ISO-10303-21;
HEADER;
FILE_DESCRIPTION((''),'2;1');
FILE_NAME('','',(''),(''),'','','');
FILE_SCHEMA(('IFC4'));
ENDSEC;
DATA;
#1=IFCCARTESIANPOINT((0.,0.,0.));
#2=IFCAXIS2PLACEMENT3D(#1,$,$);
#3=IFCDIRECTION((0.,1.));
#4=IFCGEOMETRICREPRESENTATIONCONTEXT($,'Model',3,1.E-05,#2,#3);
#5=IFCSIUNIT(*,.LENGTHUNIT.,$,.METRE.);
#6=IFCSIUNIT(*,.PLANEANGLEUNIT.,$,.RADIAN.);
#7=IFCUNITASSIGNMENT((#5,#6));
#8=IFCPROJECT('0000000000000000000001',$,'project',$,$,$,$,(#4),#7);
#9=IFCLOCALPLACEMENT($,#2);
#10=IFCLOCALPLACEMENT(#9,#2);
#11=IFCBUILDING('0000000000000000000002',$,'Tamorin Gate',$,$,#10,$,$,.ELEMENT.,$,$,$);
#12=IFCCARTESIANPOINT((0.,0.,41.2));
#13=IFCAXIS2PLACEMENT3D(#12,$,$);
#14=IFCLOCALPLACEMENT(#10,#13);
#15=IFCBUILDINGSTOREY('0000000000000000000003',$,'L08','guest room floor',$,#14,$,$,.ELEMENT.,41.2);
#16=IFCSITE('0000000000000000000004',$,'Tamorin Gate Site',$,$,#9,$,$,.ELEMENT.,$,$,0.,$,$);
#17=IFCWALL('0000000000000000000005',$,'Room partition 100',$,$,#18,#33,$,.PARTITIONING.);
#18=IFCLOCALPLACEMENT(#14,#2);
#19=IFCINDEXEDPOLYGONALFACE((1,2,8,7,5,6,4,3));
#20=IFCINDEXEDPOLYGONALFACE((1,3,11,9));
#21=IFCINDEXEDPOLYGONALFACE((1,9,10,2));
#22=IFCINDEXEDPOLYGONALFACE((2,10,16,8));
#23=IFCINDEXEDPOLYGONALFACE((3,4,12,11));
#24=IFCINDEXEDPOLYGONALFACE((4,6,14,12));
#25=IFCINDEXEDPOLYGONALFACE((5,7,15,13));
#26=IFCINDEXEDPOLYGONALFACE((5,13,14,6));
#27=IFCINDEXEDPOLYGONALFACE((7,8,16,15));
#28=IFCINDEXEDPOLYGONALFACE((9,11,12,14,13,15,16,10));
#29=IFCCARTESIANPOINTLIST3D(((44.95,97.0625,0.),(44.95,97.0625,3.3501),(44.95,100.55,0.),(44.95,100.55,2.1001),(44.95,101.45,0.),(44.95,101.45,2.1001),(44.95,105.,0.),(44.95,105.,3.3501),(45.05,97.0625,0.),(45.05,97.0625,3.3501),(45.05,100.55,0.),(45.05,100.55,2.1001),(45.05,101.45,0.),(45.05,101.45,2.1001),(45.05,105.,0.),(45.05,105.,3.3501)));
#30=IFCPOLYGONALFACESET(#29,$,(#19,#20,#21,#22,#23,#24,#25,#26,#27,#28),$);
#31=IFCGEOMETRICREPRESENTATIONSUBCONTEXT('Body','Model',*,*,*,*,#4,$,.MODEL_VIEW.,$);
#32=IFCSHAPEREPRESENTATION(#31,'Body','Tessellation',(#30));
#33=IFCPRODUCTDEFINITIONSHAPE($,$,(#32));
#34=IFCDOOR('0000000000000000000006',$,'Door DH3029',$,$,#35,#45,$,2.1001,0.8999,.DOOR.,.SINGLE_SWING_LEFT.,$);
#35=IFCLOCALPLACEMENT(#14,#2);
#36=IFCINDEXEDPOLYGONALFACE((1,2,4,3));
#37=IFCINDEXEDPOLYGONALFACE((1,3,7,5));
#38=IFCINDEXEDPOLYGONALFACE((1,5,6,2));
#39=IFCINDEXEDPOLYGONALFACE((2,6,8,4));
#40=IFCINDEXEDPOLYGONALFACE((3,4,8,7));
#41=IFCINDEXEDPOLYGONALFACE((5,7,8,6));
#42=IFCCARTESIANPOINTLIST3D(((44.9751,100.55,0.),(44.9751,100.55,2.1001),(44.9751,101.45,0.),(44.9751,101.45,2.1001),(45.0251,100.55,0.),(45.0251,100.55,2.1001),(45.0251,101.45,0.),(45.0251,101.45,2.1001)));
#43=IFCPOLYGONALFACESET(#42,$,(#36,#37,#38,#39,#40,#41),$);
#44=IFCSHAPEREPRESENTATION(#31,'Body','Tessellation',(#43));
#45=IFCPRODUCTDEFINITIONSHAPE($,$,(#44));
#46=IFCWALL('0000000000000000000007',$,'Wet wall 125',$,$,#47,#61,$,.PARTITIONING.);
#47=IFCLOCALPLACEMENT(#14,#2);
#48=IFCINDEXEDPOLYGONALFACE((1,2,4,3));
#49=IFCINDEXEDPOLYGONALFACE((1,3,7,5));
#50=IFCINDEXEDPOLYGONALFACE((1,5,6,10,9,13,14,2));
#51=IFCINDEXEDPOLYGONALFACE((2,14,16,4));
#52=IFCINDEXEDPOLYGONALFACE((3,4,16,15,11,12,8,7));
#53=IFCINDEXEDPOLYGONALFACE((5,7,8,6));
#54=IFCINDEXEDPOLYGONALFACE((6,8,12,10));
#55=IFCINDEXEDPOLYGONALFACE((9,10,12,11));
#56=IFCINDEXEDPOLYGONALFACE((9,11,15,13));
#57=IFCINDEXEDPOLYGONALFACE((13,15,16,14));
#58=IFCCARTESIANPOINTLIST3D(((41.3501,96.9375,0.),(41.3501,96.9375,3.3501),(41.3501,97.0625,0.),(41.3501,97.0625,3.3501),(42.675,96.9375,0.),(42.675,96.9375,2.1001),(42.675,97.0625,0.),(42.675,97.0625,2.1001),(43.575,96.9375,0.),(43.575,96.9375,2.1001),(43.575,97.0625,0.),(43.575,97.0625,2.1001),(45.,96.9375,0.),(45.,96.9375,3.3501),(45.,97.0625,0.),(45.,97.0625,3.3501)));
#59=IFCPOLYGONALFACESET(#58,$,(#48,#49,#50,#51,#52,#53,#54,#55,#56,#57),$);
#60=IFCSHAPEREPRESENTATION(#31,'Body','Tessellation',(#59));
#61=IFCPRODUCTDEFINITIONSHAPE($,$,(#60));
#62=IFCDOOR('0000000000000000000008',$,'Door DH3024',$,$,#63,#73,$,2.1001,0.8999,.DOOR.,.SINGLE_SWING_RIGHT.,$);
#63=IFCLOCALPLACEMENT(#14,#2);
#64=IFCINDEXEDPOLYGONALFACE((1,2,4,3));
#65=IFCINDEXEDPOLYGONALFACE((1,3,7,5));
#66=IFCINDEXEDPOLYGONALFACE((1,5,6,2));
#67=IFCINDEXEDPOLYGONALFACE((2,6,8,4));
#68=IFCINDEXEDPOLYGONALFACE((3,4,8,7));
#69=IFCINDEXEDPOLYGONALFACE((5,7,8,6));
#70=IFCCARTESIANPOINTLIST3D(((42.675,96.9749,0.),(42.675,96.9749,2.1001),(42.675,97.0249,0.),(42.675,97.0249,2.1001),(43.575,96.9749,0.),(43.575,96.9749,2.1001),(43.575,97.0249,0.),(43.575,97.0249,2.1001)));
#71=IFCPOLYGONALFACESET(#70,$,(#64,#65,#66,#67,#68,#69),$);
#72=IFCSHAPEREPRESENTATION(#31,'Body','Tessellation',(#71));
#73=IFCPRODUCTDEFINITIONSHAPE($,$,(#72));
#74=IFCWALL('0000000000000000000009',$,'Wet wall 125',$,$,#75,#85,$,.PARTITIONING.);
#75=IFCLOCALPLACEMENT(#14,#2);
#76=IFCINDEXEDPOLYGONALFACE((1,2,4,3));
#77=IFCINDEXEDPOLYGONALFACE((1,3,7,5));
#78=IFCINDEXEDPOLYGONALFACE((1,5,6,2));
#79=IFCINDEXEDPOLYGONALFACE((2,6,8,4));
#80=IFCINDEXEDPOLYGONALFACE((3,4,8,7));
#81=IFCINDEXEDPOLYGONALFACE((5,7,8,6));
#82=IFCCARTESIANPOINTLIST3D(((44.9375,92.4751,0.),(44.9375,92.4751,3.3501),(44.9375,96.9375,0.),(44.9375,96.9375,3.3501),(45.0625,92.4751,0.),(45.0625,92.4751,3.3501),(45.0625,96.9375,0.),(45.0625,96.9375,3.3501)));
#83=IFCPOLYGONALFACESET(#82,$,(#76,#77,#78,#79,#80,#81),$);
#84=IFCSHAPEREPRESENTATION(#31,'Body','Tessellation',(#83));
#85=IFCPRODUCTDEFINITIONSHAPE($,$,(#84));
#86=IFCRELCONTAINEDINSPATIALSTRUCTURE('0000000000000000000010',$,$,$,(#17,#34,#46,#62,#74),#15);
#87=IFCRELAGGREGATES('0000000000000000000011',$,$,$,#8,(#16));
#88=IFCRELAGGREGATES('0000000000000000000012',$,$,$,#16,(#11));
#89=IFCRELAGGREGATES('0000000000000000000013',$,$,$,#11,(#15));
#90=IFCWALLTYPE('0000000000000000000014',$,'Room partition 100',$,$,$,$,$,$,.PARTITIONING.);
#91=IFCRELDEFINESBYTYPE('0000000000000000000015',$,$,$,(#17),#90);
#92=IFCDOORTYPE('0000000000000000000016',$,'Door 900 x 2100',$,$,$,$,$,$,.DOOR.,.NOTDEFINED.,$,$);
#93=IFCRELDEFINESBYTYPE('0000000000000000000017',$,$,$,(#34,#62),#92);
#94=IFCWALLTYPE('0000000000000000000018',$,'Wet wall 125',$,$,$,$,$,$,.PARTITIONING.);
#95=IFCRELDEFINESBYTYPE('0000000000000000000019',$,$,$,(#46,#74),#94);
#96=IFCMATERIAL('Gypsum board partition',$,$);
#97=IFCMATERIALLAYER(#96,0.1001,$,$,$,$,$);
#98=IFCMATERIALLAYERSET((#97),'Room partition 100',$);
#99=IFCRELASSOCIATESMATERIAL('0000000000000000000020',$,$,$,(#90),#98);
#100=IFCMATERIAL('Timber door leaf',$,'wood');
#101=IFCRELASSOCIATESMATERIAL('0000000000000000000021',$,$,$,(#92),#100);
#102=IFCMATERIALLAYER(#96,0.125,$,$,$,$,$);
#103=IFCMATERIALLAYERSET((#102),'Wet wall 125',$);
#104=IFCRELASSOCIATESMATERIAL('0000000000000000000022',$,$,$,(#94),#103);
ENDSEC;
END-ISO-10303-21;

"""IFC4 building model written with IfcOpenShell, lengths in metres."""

from ifc_helpers import new_model, si_unit, direction, frame, frame_2d, origin, place, context, subcontext, project, spatial, rectangle, extrude, material, layer, layer_set, type_object, element, fill, save


model = new_model("IFC4")

# Units and contexts
model_context = context("Model", 3, precision=1e-05, world=origin(), true_north=direction((0.0, 1.0)))
body_context = subcontext(model_context, "Body", "Model", "MODEL_VIEW")
ifc_project = project(units=[si_unit("LENGTHUNIT", "METRE"), si_unit("PLANEANGLEUNIT", "RADIAN")], contexts=[model_context])

# Site, building, storey
site_placement = place(None, origin())
site = spatial("IfcSite", under=ifc_project, at=site_placement, Name="Tamorin Gate Site", CompositionType="ELEMENT", RefElevation=0.0)
building_placement = place(site_placement, origin())
building = spatial("IfcBuilding", under=site, at=building_placement, Name="Tamorin Gate", CompositionType="ELEMENT")
storey_placement = place(building_placement, frame((0.0, 0.0, 41.2)))
storey = spatial("IfcBuildingStorey", under=building, at=storey_placement, Name="L08", Description="guest room floor", CompositionType="ELEMENT", Elevation=41.2)

# Shared definitions
ifc_material_1 = material(Name="Gypsum board partition")

# Walls, openings, doors
ifc_layer_1 = layer(ifc_material_1, 0.1001)
ifc_layer_set_1 = layer_set([ifc_layer_1], Name="Room partition 100")
wall_type_1 = type_object("IfcWallType", Name="Room partition 100", PredefinedType="PARTITIONING", material=ifc_layer_set_1)
ifc_material_2 = material(Name="Timber door leaf", Category="wood")
door_type = type_object("IfcDoorType", Name="Door 900 x 2100", OperationType="NOTDEFINED", PredefinedType="DOOR", material=ifc_material_2)
wall_1_placement = place(storey_placement, frame((45.0, 97.0625, 0.0), z_axis=(0.0, 0.0, 1.0), x_axis=(0.0, 1.0, 0.0)))
wall_1 = element("IfcWall", 1, at=wall_1_placement, inside=storey, type_object=wall_type_1, Name="Room partition 100", PredefinedType="PARTITIONING", context=body_context, shape_type="SweptSolid", body=[
    extrude(rectangle(XDim=7.9375, YDim=0.1001, at=frame_2d((3.9688, 0.0))), origin(), (0.0, 0.0, 1.0), 3.3501),
])
opening_1_placement = place(wall_1_placement, frame((3.4875, 0.0, 0.0)))
opening_1 = element("IfcOpeningElement", 2, at=opening_1_placement, cuts=wall_1, PredefinedType="OPENING", context=body_context, shape_type="SweptSolid", body=[
    extrude(rectangle(XDim=0.8999, YDim=2.1001, at=frame_2d((0.45, 1.05))), frame((0.0, 0.0601, 0.0), z_axis=(0.0, -1.0, 0.0), x_axis=(1.0, 0.0, 0.0)), (0.0, 0.0, 1.0), 0.1201),
])
door_1_placement = place(opening_1_placement, origin())
door_1 = element("IfcDoor", 3, at=door_1_placement, inside=storey, type_object=door_type, Name="Door DH3029", OperationType="SINGLE_SWING_LEFT", OverallHeight=2.1001, OverallWidth=0.8999, PredefinedType="DOOR", context=body_context, shape_type="SweptSolid", body=[
    extrude(rectangle(XDim=0.8999, YDim=2.1001, at=frame_2d((0.45, 1.05))), frame((0.0, 0.0249, 0.0), z_axis=(0.0, -1.0, 0.0), x_axis=(1.0, 0.0, 0.0)), (0.0, 0.0, 1.0), 0.05),
])
fill(opening_1, door_1)
ifc_layer_2 = layer(ifc_material_1, 0.125)
ifc_layer_set_2 = layer_set([ifc_layer_2], Name="Wet wall 125")
wall_type_2 = type_object("IfcWallType", Name="Wet wall 125", PredefinedType="PARTITIONING", material=ifc_layer_set_2)
wall_2_placement = place(storey_placement, frame((41.3501, 97.0, 0.0), z_axis=(0.0, 0.0, 1.0), x_axis=(1.0, 0.0, 0.0)))
wall_2 = element("IfcWall", 4, at=wall_2_placement, inside=storey, type_object=wall_type_2, Name="Wet wall 125", PredefinedType="PARTITIONING", context=body_context, shape_type="SweptSolid", body=[
    extrude(rectangle(XDim=3.6499, YDim=0.125, at=frame_2d((1.825, 0.0))), origin(), (0.0, 0.0, 1.0), 3.3501),
])
opening_2_placement = place(wall_2_placement, frame((1.325, 0.0, 0.0)))
opening_2 = element("IfcOpeningElement", 5, at=opening_2_placement, cuts=wall_2, PredefinedType="OPENING", context=body_context, shape_type="SweptSolid", body=[
    extrude(rectangle(XDim=0.8999, YDim=2.1001, at=frame_2d((0.45, 1.05))), frame((0.0, 0.0725, 0.0), z_axis=(0.0, -1.0, 0.0), x_axis=(1.0, 0.0, 0.0)), (0.0, 0.0, 1.0), 0.145),
])
door_2_placement = place(opening_2_placement, origin())
door_2 = element("IfcDoor", 6, at=door_2_placement, inside=storey, type_object=door_type, Name="Door DH3024", OperationType="SINGLE_SWING_RIGHT", OverallHeight=2.1001, OverallWidth=0.8999, PredefinedType="DOOR", context=body_context, shape_type="SweptSolid", body=[
    extrude(rectangle(XDim=0.8999, YDim=2.1001, at=frame_2d((0.45, 1.05))), frame((0.0, 0.0249, 0.0), z_axis=(0.0, -1.0, 0.0), x_axis=(1.0, 0.0, 0.0)), (0.0, 0.0, 1.0), 0.05),
])
fill(opening_2, door_2)

# Wall
wall_3_placement = place(storey_placement, frame((45.0, 92.4751, 0.0), z_axis=(0.0, 0.0, 1.0), x_axis=(0.0, 1.0, 0.0)))
element("IfcWall", 7, at=wall_3_placement, inside=storey, type_object=wall_type_2, Name="Wet wall 125", PredefinedType="PARTITIONING", context=body_context, shape_type="SweptSolid", body=[
    extrude(rectangle(XDim=4.4624, YDim=0.125, at=frame_2d((2.2312, 0.0))), origin(), (0.0, 0.0, 1.0), 3.3501),
])

save(model, "model.ifc")
